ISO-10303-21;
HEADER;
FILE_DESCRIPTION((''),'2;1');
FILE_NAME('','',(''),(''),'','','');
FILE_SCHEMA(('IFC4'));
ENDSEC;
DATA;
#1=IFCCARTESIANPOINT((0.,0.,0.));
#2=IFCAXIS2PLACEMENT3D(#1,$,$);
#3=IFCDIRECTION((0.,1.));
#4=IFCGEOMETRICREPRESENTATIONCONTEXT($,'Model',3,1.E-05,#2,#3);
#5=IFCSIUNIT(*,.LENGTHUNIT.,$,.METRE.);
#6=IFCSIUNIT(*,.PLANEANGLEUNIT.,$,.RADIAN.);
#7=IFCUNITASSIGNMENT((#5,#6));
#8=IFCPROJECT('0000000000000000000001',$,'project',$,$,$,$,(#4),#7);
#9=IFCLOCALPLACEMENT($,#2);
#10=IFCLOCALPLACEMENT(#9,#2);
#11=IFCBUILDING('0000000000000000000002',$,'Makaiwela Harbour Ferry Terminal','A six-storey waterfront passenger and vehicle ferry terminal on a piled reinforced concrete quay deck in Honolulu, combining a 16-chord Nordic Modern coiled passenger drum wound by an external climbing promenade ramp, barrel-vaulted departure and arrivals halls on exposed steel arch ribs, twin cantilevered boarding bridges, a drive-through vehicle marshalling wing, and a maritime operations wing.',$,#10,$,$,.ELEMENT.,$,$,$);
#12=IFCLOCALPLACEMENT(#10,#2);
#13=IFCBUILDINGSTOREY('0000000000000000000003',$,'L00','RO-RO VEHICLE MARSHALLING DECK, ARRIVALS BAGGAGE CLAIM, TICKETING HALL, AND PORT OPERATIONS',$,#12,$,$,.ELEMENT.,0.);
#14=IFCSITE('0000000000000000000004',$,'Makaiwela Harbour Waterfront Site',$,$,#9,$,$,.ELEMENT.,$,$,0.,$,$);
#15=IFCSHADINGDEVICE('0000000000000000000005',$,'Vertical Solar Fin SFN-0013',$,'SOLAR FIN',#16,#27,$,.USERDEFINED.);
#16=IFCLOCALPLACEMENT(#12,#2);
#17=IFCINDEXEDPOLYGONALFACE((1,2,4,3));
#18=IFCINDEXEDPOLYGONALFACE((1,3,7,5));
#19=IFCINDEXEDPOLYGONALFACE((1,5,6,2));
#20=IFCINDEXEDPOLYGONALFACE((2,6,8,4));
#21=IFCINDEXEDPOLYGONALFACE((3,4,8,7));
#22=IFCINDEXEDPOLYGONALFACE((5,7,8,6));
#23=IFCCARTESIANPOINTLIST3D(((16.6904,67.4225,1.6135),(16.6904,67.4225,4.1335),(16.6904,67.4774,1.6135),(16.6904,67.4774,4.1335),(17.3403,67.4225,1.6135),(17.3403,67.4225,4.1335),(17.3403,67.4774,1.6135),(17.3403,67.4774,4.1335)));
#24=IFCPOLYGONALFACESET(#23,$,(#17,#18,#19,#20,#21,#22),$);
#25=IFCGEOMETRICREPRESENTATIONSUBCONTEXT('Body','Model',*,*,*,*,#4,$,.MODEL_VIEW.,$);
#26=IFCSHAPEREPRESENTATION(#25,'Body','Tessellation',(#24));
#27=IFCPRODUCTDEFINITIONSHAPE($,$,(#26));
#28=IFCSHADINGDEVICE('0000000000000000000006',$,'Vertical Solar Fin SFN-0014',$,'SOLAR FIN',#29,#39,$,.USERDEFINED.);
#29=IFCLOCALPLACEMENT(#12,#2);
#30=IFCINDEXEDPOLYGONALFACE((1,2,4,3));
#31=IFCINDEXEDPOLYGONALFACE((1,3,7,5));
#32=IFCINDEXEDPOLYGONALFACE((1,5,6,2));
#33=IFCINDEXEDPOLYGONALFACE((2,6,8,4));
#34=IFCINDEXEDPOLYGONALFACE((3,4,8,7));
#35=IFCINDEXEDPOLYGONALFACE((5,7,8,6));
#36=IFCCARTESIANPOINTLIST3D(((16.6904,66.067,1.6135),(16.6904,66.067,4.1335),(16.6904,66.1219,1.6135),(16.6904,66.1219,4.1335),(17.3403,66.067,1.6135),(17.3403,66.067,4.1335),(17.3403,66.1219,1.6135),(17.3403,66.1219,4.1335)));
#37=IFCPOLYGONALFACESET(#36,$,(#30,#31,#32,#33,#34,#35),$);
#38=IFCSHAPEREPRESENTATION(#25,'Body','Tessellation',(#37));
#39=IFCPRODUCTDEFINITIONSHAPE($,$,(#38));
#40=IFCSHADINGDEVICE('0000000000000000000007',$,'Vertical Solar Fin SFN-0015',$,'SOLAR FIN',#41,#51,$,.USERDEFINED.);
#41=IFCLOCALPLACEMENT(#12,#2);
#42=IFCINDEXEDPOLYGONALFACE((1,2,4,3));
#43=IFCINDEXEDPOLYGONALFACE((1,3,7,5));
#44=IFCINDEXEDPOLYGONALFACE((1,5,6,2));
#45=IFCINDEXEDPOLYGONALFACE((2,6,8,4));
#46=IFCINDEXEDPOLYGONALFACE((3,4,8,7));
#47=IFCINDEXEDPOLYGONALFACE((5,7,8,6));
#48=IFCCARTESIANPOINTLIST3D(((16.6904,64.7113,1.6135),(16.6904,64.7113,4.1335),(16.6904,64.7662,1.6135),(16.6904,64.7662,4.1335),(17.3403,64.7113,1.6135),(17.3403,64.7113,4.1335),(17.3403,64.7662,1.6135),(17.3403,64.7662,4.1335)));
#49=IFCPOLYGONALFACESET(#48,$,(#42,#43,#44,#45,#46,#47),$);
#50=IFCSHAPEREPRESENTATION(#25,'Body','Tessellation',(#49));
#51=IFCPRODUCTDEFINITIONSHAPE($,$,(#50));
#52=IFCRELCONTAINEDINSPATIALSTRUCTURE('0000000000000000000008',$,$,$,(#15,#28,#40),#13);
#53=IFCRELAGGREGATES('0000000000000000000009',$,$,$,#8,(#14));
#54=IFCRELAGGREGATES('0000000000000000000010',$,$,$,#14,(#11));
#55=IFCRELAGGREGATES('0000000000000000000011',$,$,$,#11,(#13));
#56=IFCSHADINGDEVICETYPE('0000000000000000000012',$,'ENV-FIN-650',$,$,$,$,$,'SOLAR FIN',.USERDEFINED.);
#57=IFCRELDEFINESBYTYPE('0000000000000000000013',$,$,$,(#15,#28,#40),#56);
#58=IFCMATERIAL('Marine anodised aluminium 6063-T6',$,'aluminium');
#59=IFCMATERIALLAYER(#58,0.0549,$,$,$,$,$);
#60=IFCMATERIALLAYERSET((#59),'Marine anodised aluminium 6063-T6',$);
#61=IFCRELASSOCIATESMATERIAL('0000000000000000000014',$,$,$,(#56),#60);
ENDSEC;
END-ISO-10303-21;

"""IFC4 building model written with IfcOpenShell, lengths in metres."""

from ifc_helpers import new_model, si_unit, direction, frame, origin, origin_2d, place, context, subcontext, project, spatial, rectangle, extrude, material, layer, layer_set, type_object, element, save


model = new_model("IFC4")

# Units and contexts
model_context = context("Model", 3, precision=1e-05, world=origin(), true_north=direction((0.0, 1.0)))
body_context = subcontext(model_context, "Body", "Model", "MODEL_VIEW")
ifc_project = project(units=[si_unit("LENGTHUNIT", "METRE"), si_unit("PLANEANGLEUNIT", "RADIAN")], contexts=[model_context])

# Site, building, storey
site_placement = place(None, origin())
site = spatial("IfcSite", under=ifc_project, at=site_placement, Name="Makaiwela Harbour Waterfront Site", CompositionType="ELEMENT", RefElevation=0.0)
building_placement = place(site_placement, origin())
building = spatial("IfcBuilding", under=site, at=building_placement, Name="Makaiwela Harbour Ferry Terminal", Description="A six-storey waterfront passenger and vehicle ferry terminal on a piled reinforced concrete quay deck in Honolulu, combining a 16-chord Nordic Modern coiled passenger drum wound by an external climbing promenade ramp, barrel-vaulted departure and arrivals halls on exposed steel arch ribs, twin cantilevered boarding bridges, a drive-through vehicle marshalling wing, and a maritime operations wing.", CompositionType="ELEMENT")
storey_placement = place(building_placement, origin())
storey = spatial("IfcBuildingStorey", under=building, at=storey_placement, Name="L00", Description="RO-RO VEHICLE MARSHALLING DECK, ARRIVALS BAGGAGE CLAIM, TICKETING HALL, AND PORT OPERATIONS", CompositionType="ELEMENT", Elevation=0.0)

# Shared definitions
ifc_material_1 = material(Name="Marine anodised aluminium 6063-T6", Category="aluminium")

# Shading devices
ifc_layer_1 = layer(ifc_material_1, 0.0549)
ifc_layer_set_1 = layer_set([ifc_layer_1], Name="Marine anodised aluminium 6063-T6")
shading_device_type = type_object("IfcShadingDeviceType", Name="ENV-FIN-650", ElementType="SOLAR FIN", PredefinedType="USERDEFINED", material=ifc_layer_set_1)
for number, where, z_axis, x_axis, name in (
    (1, (17.0154, 67.45, 1.6135), (0.0, 0.0, 1.0), (-1.0, 0.0, 0.0), "Vertical Solar Fin SFN-0013"),
    (2, (17.0154, 66.0945, 1.6135), (0.0, 0.0, 1.0), (-1.0, 0.0, 0.0), "Vertical Solar Fin SFN-0014"),
    (3, (17.0154, 64.7388, 1.6135), (0.0, 0.0, 1.0), (-1.0, 0.0, 0.0), "Vertical Solar Fin SFN-0015"),
):
    element("IfcShadingDevice", number, at=place(storey_placement, frame(where, z_axis=z_axis, x_axis=x_axis)), inside=storey, type_object=shading_device_type, Name=name, ObjectType="SOLAR FIN", PredefinedType="USERDEFINED", context=body_context, shape_type="SweptSolid", body=[
        extrude(rectangle(XDim=0.6499, YDim=0.0549, at=origin_2d()), origin(), (0.0, 0.0, 1.0), 2.52),
    ])

save(model, "model.ifc")
